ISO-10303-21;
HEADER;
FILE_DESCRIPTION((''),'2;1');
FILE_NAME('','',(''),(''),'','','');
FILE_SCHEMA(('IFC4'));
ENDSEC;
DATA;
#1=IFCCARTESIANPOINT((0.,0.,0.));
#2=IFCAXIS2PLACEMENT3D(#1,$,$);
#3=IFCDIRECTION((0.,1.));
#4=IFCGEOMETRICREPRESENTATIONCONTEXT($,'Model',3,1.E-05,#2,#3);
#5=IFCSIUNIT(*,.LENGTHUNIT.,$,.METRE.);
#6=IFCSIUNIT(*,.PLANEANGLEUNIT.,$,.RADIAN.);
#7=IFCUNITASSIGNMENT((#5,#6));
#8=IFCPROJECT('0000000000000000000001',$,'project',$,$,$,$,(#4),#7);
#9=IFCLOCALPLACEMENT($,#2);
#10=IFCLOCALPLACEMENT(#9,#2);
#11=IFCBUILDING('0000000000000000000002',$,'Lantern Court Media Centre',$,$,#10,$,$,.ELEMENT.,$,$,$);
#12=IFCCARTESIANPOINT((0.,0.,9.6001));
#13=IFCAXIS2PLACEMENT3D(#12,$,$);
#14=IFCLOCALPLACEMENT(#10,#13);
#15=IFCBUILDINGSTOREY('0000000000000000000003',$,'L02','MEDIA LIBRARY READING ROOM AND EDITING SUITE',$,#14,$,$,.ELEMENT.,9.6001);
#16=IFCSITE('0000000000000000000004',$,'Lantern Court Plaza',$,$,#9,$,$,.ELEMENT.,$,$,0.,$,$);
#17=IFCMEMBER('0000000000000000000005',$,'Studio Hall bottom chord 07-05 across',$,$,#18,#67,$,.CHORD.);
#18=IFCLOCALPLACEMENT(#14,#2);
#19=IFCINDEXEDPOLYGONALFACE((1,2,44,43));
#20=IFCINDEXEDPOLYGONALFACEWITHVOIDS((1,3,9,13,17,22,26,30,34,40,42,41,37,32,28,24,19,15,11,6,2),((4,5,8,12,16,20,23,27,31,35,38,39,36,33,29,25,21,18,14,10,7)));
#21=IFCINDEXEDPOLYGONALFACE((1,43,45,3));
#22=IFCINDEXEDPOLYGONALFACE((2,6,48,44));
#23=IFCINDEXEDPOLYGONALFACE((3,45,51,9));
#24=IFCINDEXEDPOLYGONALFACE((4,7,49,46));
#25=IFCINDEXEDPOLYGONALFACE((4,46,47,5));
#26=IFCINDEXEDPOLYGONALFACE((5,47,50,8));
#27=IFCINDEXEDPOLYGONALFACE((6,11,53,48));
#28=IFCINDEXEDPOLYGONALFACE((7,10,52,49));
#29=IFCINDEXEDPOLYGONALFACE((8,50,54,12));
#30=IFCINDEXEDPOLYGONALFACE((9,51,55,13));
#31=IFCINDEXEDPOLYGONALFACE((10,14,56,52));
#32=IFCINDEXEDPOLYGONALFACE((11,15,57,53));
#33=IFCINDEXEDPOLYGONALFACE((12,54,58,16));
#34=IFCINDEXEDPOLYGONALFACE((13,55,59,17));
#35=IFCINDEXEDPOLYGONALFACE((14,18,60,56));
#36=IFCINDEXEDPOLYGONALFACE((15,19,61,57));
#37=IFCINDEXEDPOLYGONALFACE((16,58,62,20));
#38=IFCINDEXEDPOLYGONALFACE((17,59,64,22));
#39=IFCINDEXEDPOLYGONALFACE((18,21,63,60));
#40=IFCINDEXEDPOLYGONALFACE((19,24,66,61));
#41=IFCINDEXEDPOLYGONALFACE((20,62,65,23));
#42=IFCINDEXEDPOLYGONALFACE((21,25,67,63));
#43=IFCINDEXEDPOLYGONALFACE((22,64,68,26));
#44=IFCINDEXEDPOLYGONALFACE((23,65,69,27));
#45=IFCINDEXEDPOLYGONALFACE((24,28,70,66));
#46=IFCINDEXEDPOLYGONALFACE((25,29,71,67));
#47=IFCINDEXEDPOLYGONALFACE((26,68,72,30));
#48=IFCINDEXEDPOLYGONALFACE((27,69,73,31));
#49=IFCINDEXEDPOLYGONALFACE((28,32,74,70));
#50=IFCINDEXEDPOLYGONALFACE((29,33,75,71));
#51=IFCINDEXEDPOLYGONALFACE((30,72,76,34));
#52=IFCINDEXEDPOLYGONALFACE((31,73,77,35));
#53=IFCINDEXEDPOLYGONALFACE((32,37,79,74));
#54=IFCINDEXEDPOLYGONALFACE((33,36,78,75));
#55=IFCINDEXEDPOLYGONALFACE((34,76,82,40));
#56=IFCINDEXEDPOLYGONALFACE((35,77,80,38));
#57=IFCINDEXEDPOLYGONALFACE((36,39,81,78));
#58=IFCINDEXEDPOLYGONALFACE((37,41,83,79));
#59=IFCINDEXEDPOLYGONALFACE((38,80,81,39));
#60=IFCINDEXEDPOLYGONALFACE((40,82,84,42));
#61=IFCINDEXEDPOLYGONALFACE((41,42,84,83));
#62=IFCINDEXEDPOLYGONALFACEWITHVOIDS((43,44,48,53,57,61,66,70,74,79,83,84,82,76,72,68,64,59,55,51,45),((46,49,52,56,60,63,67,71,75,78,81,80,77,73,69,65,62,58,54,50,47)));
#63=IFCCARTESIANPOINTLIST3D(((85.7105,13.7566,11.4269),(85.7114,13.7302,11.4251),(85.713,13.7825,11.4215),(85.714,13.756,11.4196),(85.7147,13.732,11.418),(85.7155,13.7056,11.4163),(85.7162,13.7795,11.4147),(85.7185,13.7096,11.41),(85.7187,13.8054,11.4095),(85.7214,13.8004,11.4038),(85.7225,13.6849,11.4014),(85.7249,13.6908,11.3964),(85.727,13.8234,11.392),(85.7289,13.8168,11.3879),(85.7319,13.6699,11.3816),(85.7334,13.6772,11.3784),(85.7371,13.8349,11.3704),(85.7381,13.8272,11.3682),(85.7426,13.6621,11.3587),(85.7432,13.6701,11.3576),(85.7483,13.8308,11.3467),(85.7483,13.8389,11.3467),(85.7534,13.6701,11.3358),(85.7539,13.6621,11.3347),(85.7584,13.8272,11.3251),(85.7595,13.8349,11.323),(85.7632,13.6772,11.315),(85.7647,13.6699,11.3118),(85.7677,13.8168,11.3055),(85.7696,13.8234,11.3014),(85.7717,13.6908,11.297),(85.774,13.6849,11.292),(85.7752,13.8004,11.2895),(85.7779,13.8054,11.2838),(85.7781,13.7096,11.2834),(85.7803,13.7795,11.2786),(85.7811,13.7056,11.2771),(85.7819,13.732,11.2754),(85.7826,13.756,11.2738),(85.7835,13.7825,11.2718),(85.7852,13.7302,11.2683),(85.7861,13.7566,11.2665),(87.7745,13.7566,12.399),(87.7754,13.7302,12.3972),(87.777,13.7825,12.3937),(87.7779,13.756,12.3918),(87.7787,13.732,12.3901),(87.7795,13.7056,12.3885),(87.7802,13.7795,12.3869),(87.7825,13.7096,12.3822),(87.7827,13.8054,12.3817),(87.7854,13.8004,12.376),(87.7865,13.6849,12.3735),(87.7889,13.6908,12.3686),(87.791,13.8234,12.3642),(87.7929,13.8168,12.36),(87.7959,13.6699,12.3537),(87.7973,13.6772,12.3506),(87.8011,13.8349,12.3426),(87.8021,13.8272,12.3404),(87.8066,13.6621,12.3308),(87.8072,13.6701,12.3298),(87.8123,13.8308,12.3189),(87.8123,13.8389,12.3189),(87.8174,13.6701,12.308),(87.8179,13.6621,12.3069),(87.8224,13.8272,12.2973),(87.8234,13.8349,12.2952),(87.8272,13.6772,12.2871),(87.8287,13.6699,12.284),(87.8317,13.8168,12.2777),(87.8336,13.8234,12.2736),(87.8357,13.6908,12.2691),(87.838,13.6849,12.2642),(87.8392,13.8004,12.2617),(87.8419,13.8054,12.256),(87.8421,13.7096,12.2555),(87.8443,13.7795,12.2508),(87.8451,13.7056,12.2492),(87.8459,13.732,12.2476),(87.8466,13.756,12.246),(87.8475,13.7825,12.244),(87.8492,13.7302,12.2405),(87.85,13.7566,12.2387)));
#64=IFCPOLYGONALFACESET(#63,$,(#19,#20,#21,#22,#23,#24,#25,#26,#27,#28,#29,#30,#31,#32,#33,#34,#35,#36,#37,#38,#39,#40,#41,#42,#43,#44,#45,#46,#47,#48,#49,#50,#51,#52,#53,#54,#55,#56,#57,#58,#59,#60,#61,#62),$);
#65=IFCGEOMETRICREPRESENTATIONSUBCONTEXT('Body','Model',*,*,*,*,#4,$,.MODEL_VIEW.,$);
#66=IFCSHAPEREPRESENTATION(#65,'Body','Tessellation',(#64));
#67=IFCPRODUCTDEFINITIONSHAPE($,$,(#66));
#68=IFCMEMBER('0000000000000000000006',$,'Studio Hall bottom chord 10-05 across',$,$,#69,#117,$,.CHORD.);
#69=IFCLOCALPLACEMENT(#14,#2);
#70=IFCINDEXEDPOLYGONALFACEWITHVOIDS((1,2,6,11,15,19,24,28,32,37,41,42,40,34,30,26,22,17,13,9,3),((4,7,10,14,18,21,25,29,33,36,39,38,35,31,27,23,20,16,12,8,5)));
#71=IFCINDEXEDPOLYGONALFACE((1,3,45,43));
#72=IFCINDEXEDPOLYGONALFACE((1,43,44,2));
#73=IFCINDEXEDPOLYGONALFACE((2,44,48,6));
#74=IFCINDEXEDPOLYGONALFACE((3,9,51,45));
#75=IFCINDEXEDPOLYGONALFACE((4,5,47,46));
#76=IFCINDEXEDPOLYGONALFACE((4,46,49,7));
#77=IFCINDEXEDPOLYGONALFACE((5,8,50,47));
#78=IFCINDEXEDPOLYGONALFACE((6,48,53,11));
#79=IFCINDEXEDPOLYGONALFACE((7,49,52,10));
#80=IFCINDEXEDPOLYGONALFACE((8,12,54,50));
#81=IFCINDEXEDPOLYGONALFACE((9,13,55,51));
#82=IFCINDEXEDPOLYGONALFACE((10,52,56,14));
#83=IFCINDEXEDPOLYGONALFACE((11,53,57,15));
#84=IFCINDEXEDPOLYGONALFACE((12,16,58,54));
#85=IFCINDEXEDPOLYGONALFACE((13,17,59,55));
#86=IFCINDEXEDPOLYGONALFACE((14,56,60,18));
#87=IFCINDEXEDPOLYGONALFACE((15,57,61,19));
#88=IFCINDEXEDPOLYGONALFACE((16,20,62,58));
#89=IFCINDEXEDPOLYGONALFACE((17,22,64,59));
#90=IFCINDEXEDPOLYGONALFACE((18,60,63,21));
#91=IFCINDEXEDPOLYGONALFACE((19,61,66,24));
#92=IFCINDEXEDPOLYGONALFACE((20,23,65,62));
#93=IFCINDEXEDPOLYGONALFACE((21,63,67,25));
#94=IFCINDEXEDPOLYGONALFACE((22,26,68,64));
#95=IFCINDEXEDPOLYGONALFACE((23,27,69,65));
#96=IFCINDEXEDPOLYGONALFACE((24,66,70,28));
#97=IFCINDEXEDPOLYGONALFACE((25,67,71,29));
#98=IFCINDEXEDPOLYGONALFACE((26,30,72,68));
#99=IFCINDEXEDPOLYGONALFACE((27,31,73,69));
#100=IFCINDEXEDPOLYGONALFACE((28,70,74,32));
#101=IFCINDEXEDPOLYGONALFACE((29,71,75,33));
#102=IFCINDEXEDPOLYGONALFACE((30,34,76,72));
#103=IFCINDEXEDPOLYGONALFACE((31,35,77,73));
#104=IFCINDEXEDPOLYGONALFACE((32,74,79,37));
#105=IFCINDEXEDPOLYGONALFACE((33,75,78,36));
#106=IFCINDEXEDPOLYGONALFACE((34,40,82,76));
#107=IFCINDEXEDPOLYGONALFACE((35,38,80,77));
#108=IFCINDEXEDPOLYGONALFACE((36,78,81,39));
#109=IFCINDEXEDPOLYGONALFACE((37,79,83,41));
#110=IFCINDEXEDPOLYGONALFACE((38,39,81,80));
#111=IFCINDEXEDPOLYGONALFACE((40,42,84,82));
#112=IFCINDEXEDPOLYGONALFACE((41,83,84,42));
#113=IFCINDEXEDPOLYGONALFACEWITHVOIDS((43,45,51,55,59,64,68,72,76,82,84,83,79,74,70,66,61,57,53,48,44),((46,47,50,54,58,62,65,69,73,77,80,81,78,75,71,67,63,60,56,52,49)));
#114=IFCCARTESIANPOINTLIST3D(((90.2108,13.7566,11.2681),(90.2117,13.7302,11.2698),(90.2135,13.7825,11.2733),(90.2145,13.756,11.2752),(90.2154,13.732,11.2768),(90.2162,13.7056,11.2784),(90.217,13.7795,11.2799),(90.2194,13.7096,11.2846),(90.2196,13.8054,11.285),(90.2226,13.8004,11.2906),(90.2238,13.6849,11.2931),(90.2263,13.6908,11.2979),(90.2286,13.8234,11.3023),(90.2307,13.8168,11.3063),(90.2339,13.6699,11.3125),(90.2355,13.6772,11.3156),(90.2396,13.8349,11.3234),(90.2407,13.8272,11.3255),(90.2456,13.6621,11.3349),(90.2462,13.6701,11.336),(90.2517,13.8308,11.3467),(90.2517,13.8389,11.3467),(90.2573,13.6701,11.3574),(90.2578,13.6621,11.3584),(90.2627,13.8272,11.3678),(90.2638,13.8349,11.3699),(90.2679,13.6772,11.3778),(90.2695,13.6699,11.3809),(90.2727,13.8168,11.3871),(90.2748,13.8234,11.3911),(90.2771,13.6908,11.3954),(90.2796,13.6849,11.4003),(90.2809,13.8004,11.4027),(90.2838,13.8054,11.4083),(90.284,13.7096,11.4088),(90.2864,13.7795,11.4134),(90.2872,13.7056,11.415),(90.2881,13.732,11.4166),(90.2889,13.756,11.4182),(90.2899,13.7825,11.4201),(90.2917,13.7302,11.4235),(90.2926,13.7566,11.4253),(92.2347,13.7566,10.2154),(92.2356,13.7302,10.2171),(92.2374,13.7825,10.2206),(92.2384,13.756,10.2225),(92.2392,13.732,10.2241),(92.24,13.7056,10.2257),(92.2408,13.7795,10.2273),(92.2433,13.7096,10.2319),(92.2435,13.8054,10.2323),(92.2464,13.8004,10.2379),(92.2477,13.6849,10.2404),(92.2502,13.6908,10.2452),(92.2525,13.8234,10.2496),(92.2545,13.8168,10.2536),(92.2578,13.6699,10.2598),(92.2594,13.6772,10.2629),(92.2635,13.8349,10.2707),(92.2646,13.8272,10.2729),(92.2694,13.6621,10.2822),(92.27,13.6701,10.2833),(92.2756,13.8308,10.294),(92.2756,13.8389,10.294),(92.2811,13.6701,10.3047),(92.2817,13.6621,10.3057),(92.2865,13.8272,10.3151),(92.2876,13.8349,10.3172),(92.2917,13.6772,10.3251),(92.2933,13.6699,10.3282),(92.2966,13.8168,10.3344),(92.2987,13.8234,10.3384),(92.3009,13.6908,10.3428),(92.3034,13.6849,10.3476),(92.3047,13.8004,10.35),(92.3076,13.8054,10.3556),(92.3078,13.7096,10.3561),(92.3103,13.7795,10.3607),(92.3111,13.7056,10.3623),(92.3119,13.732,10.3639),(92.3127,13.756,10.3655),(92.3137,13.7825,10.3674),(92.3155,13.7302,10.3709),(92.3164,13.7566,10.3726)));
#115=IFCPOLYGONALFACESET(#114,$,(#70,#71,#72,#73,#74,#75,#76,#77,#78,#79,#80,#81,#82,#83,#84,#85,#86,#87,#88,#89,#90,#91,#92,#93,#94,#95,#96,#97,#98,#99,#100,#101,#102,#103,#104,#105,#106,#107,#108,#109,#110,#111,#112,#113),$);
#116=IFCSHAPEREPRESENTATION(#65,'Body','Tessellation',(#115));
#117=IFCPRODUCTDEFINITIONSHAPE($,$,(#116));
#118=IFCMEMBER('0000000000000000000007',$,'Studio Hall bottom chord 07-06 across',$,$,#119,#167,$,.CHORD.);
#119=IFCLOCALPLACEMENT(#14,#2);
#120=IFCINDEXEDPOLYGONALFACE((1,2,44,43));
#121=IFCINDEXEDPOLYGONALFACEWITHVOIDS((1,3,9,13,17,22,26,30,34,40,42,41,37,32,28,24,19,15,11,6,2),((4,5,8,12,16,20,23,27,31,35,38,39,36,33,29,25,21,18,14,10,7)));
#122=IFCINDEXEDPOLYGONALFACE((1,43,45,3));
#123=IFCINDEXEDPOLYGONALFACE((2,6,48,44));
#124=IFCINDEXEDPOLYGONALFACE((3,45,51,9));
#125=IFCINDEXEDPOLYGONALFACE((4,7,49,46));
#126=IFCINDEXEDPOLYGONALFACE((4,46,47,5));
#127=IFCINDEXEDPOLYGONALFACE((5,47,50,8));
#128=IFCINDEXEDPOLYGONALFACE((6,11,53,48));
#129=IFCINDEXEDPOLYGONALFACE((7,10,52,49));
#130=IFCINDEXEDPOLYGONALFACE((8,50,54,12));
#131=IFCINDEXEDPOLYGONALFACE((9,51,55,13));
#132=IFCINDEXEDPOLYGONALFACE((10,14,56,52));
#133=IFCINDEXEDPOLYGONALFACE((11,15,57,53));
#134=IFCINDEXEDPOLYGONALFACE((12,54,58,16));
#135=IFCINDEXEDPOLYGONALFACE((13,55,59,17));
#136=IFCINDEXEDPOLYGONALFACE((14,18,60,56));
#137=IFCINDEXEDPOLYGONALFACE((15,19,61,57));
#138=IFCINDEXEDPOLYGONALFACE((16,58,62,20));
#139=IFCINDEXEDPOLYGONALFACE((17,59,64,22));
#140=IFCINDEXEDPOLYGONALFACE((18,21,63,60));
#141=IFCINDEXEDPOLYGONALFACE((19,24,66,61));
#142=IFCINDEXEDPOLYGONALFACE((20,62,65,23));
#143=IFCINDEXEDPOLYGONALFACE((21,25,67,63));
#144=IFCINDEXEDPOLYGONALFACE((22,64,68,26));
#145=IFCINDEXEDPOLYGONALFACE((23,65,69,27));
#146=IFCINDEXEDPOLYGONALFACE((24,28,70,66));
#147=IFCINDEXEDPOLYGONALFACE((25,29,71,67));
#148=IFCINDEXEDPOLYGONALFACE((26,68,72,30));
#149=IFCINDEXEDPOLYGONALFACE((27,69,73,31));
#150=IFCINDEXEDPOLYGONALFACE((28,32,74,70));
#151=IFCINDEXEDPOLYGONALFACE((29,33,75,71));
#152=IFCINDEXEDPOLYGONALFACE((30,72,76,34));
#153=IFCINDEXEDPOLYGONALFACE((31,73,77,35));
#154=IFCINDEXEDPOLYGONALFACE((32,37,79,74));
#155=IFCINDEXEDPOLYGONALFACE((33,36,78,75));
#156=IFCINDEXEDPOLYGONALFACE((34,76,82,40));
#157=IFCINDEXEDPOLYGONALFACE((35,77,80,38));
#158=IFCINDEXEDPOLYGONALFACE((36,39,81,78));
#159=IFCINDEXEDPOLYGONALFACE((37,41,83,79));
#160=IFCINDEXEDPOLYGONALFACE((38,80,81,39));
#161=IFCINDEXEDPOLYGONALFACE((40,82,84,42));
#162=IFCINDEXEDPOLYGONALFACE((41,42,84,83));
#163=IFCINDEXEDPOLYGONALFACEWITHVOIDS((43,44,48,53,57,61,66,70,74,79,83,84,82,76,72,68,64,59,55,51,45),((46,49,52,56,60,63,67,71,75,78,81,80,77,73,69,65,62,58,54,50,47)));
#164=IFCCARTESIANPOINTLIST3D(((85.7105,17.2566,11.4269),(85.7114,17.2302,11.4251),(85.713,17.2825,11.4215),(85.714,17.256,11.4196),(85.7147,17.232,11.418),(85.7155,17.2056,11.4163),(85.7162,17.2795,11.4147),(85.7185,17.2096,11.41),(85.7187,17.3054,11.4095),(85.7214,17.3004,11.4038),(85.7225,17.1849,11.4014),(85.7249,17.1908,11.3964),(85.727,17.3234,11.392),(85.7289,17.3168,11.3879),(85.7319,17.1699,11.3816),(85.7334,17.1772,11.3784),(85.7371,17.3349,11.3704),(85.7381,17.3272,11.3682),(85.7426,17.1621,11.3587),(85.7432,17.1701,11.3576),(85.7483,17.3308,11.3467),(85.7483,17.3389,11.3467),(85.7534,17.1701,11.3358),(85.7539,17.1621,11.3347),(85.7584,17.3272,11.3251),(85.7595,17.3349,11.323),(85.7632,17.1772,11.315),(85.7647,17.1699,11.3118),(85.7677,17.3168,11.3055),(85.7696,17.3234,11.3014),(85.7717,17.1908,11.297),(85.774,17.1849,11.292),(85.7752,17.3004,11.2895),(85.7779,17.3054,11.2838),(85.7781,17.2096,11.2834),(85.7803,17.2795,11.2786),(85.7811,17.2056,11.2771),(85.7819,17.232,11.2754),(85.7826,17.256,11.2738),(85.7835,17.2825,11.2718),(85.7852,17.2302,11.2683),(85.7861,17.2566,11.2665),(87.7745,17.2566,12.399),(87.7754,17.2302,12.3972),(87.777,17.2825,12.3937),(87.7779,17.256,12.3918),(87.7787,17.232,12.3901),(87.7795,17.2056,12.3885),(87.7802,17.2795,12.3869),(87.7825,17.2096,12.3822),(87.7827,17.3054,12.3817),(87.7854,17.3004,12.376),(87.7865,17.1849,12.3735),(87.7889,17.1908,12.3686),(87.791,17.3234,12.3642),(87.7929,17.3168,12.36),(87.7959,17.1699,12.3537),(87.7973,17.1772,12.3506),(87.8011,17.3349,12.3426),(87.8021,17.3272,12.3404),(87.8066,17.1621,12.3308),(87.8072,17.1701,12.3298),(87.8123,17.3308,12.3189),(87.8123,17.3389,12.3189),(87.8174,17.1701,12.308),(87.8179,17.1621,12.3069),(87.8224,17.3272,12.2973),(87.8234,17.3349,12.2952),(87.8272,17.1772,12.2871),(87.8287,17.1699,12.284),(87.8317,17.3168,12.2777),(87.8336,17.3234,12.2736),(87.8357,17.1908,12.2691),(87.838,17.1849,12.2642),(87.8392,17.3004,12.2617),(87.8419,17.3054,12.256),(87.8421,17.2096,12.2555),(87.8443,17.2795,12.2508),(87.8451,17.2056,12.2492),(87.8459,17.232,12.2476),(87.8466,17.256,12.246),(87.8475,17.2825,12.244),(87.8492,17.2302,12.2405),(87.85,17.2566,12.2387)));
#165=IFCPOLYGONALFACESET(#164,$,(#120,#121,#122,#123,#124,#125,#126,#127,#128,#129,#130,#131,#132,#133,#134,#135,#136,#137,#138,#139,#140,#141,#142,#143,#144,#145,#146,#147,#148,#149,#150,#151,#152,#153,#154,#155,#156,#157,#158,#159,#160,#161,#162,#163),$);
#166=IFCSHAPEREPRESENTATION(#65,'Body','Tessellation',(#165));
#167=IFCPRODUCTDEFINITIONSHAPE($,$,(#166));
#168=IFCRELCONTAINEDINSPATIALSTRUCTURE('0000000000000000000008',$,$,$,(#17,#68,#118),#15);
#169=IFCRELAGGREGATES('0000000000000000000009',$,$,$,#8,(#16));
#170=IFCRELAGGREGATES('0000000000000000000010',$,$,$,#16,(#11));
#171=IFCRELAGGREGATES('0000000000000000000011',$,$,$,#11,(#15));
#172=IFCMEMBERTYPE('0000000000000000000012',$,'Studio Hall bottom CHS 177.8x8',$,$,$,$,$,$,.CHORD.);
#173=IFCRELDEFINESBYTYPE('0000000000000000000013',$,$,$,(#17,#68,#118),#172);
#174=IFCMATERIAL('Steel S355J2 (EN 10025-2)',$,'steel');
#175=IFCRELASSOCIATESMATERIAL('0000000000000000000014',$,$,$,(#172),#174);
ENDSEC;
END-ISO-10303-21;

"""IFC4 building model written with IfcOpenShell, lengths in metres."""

from ifc_helpers import new_model, si_unit, direction, frame, origin, origin_2d, place, context, subcontext, project, spatial, hollow_circle, extrude, material, material_profile, profile_set, type_object, element, save


model = new_model("IFC4")

# Units and contexts
model_context = context("Model", 3, precision=1e-05, world=origin(), true_north=direction((0.0, 1.0)))
body_context = subcontext(model_context, "Body", "Model", "MODEL_VIEW")
ifc_project = project(units=[si_unit("LENGTHUNIT", "METRE"), si_unit("PLANEANGLEUNIT", "RADIAN")], contexts=[model_context])

# Site, building, storey
site_placement = place(None, origin())
site = spatial("IfcSite", under=ifc_project, at=site_placement, Name="Lantern Court Plaza", CompositionType="ELEMENT", RefElevation=0.0)
building_placement = place(site_placement, origin())
building = spatial("IfcBuilding", under=site, at=building_placement, Name="Lantern Court Media Centre", CompositionType="ELEMENT")
storey_placement = place(building_placement, frame((0.0, 0.0, 9.6001)))
storey = spatial("IfcBuildingStorey", under=building, at=storey_placement, Name="L02", Description="MEDIA LIBRARY READING ROOM AND EDITING SUITE", CompositionType="ELEMENT", Elevation=9.6001)

# Members
ifc_material = material(Name="Steel S355J2 (EN 10025-2)", Category="steel")
ifc_material_profile_1 = material_profile(ifc_material, hollow_circle(Radius=0.0889, WallThickness=0.0081, at=origin_2d()), Name="Studio Hall bottom CHS 177.8x8")
ifc_profile_set_1 = profile_set([ifc_material_profile_1], Name="Steel S355J2 (EN 10025-2)")
member_type_1 = type_object("IfcMemberType", Name="Studio Hall bottom CHS 177.8x8", PredefinedType="CHORD", material=ifc_profile_set_1)
member_1_placement = place(storey_placement, frame((85.7483, 13.75, 11.3467), z_axis=(0.904668, 0.0, 0.426117), x_axis=(0.0, 1.0, 0.0)))
element("IfcMember", 1, at=member_1_placement, inside=storey, type_object=member_type_1, Name="Studio Hall bottom chord 07-05 across", PredefinedType="CHORD", context=body_context, shape_type="SweptSolid", body=[
    extrude(hollow_circle(Radius=0.0889, WallThickness=0.0081, at=origin_2d()), origin(), (0.0, 0.0, 1.0), 2.2815),
])
member_2_placement = place(storey_placement, frame((90.2517, 13.75, 11.3467), z_axis=(0.887164, 0.0, -0.461454), x_axis=(0.0, 1.0, 0.0)))
element("IfcMember", 2, at=member_2_placement, inside=storey, type_object=member_type_1, Name="Studio Hall bottom chord 10-05 across", PredefinedType="CHORD", context=body_context, shape_type="SweptSolid", body=[
    extrude(hollow_circle(Radius=0.0889, WallThickness=0.0081, at=origin_2d()), origin(), (0.0, 0.0, 1.0), 2.2812),
])
member_3_placement = place(storey_placement, frame((85.7483, 17.25, 11.3467), z_axis=(0.904668, 0.0, 0.426117), x_axis=(0.0, 1.0, 0.0)))
element("IfcMember", 3, at=member_3_placement, inside=storey, type_object=member_type_1, Name="Studio Hall bottom chord 07-06 across", PredefinedType="CHORD", context=body_context, shape_type="SweptSolid", body=[
    extrude(hollow_circle(Radius=0.0889, WallThickness=0.0081, at=origin_2d()), origin(), (0.0, 0.0, 1.0), 2.2815),
])

save(model, "model.ifc")
